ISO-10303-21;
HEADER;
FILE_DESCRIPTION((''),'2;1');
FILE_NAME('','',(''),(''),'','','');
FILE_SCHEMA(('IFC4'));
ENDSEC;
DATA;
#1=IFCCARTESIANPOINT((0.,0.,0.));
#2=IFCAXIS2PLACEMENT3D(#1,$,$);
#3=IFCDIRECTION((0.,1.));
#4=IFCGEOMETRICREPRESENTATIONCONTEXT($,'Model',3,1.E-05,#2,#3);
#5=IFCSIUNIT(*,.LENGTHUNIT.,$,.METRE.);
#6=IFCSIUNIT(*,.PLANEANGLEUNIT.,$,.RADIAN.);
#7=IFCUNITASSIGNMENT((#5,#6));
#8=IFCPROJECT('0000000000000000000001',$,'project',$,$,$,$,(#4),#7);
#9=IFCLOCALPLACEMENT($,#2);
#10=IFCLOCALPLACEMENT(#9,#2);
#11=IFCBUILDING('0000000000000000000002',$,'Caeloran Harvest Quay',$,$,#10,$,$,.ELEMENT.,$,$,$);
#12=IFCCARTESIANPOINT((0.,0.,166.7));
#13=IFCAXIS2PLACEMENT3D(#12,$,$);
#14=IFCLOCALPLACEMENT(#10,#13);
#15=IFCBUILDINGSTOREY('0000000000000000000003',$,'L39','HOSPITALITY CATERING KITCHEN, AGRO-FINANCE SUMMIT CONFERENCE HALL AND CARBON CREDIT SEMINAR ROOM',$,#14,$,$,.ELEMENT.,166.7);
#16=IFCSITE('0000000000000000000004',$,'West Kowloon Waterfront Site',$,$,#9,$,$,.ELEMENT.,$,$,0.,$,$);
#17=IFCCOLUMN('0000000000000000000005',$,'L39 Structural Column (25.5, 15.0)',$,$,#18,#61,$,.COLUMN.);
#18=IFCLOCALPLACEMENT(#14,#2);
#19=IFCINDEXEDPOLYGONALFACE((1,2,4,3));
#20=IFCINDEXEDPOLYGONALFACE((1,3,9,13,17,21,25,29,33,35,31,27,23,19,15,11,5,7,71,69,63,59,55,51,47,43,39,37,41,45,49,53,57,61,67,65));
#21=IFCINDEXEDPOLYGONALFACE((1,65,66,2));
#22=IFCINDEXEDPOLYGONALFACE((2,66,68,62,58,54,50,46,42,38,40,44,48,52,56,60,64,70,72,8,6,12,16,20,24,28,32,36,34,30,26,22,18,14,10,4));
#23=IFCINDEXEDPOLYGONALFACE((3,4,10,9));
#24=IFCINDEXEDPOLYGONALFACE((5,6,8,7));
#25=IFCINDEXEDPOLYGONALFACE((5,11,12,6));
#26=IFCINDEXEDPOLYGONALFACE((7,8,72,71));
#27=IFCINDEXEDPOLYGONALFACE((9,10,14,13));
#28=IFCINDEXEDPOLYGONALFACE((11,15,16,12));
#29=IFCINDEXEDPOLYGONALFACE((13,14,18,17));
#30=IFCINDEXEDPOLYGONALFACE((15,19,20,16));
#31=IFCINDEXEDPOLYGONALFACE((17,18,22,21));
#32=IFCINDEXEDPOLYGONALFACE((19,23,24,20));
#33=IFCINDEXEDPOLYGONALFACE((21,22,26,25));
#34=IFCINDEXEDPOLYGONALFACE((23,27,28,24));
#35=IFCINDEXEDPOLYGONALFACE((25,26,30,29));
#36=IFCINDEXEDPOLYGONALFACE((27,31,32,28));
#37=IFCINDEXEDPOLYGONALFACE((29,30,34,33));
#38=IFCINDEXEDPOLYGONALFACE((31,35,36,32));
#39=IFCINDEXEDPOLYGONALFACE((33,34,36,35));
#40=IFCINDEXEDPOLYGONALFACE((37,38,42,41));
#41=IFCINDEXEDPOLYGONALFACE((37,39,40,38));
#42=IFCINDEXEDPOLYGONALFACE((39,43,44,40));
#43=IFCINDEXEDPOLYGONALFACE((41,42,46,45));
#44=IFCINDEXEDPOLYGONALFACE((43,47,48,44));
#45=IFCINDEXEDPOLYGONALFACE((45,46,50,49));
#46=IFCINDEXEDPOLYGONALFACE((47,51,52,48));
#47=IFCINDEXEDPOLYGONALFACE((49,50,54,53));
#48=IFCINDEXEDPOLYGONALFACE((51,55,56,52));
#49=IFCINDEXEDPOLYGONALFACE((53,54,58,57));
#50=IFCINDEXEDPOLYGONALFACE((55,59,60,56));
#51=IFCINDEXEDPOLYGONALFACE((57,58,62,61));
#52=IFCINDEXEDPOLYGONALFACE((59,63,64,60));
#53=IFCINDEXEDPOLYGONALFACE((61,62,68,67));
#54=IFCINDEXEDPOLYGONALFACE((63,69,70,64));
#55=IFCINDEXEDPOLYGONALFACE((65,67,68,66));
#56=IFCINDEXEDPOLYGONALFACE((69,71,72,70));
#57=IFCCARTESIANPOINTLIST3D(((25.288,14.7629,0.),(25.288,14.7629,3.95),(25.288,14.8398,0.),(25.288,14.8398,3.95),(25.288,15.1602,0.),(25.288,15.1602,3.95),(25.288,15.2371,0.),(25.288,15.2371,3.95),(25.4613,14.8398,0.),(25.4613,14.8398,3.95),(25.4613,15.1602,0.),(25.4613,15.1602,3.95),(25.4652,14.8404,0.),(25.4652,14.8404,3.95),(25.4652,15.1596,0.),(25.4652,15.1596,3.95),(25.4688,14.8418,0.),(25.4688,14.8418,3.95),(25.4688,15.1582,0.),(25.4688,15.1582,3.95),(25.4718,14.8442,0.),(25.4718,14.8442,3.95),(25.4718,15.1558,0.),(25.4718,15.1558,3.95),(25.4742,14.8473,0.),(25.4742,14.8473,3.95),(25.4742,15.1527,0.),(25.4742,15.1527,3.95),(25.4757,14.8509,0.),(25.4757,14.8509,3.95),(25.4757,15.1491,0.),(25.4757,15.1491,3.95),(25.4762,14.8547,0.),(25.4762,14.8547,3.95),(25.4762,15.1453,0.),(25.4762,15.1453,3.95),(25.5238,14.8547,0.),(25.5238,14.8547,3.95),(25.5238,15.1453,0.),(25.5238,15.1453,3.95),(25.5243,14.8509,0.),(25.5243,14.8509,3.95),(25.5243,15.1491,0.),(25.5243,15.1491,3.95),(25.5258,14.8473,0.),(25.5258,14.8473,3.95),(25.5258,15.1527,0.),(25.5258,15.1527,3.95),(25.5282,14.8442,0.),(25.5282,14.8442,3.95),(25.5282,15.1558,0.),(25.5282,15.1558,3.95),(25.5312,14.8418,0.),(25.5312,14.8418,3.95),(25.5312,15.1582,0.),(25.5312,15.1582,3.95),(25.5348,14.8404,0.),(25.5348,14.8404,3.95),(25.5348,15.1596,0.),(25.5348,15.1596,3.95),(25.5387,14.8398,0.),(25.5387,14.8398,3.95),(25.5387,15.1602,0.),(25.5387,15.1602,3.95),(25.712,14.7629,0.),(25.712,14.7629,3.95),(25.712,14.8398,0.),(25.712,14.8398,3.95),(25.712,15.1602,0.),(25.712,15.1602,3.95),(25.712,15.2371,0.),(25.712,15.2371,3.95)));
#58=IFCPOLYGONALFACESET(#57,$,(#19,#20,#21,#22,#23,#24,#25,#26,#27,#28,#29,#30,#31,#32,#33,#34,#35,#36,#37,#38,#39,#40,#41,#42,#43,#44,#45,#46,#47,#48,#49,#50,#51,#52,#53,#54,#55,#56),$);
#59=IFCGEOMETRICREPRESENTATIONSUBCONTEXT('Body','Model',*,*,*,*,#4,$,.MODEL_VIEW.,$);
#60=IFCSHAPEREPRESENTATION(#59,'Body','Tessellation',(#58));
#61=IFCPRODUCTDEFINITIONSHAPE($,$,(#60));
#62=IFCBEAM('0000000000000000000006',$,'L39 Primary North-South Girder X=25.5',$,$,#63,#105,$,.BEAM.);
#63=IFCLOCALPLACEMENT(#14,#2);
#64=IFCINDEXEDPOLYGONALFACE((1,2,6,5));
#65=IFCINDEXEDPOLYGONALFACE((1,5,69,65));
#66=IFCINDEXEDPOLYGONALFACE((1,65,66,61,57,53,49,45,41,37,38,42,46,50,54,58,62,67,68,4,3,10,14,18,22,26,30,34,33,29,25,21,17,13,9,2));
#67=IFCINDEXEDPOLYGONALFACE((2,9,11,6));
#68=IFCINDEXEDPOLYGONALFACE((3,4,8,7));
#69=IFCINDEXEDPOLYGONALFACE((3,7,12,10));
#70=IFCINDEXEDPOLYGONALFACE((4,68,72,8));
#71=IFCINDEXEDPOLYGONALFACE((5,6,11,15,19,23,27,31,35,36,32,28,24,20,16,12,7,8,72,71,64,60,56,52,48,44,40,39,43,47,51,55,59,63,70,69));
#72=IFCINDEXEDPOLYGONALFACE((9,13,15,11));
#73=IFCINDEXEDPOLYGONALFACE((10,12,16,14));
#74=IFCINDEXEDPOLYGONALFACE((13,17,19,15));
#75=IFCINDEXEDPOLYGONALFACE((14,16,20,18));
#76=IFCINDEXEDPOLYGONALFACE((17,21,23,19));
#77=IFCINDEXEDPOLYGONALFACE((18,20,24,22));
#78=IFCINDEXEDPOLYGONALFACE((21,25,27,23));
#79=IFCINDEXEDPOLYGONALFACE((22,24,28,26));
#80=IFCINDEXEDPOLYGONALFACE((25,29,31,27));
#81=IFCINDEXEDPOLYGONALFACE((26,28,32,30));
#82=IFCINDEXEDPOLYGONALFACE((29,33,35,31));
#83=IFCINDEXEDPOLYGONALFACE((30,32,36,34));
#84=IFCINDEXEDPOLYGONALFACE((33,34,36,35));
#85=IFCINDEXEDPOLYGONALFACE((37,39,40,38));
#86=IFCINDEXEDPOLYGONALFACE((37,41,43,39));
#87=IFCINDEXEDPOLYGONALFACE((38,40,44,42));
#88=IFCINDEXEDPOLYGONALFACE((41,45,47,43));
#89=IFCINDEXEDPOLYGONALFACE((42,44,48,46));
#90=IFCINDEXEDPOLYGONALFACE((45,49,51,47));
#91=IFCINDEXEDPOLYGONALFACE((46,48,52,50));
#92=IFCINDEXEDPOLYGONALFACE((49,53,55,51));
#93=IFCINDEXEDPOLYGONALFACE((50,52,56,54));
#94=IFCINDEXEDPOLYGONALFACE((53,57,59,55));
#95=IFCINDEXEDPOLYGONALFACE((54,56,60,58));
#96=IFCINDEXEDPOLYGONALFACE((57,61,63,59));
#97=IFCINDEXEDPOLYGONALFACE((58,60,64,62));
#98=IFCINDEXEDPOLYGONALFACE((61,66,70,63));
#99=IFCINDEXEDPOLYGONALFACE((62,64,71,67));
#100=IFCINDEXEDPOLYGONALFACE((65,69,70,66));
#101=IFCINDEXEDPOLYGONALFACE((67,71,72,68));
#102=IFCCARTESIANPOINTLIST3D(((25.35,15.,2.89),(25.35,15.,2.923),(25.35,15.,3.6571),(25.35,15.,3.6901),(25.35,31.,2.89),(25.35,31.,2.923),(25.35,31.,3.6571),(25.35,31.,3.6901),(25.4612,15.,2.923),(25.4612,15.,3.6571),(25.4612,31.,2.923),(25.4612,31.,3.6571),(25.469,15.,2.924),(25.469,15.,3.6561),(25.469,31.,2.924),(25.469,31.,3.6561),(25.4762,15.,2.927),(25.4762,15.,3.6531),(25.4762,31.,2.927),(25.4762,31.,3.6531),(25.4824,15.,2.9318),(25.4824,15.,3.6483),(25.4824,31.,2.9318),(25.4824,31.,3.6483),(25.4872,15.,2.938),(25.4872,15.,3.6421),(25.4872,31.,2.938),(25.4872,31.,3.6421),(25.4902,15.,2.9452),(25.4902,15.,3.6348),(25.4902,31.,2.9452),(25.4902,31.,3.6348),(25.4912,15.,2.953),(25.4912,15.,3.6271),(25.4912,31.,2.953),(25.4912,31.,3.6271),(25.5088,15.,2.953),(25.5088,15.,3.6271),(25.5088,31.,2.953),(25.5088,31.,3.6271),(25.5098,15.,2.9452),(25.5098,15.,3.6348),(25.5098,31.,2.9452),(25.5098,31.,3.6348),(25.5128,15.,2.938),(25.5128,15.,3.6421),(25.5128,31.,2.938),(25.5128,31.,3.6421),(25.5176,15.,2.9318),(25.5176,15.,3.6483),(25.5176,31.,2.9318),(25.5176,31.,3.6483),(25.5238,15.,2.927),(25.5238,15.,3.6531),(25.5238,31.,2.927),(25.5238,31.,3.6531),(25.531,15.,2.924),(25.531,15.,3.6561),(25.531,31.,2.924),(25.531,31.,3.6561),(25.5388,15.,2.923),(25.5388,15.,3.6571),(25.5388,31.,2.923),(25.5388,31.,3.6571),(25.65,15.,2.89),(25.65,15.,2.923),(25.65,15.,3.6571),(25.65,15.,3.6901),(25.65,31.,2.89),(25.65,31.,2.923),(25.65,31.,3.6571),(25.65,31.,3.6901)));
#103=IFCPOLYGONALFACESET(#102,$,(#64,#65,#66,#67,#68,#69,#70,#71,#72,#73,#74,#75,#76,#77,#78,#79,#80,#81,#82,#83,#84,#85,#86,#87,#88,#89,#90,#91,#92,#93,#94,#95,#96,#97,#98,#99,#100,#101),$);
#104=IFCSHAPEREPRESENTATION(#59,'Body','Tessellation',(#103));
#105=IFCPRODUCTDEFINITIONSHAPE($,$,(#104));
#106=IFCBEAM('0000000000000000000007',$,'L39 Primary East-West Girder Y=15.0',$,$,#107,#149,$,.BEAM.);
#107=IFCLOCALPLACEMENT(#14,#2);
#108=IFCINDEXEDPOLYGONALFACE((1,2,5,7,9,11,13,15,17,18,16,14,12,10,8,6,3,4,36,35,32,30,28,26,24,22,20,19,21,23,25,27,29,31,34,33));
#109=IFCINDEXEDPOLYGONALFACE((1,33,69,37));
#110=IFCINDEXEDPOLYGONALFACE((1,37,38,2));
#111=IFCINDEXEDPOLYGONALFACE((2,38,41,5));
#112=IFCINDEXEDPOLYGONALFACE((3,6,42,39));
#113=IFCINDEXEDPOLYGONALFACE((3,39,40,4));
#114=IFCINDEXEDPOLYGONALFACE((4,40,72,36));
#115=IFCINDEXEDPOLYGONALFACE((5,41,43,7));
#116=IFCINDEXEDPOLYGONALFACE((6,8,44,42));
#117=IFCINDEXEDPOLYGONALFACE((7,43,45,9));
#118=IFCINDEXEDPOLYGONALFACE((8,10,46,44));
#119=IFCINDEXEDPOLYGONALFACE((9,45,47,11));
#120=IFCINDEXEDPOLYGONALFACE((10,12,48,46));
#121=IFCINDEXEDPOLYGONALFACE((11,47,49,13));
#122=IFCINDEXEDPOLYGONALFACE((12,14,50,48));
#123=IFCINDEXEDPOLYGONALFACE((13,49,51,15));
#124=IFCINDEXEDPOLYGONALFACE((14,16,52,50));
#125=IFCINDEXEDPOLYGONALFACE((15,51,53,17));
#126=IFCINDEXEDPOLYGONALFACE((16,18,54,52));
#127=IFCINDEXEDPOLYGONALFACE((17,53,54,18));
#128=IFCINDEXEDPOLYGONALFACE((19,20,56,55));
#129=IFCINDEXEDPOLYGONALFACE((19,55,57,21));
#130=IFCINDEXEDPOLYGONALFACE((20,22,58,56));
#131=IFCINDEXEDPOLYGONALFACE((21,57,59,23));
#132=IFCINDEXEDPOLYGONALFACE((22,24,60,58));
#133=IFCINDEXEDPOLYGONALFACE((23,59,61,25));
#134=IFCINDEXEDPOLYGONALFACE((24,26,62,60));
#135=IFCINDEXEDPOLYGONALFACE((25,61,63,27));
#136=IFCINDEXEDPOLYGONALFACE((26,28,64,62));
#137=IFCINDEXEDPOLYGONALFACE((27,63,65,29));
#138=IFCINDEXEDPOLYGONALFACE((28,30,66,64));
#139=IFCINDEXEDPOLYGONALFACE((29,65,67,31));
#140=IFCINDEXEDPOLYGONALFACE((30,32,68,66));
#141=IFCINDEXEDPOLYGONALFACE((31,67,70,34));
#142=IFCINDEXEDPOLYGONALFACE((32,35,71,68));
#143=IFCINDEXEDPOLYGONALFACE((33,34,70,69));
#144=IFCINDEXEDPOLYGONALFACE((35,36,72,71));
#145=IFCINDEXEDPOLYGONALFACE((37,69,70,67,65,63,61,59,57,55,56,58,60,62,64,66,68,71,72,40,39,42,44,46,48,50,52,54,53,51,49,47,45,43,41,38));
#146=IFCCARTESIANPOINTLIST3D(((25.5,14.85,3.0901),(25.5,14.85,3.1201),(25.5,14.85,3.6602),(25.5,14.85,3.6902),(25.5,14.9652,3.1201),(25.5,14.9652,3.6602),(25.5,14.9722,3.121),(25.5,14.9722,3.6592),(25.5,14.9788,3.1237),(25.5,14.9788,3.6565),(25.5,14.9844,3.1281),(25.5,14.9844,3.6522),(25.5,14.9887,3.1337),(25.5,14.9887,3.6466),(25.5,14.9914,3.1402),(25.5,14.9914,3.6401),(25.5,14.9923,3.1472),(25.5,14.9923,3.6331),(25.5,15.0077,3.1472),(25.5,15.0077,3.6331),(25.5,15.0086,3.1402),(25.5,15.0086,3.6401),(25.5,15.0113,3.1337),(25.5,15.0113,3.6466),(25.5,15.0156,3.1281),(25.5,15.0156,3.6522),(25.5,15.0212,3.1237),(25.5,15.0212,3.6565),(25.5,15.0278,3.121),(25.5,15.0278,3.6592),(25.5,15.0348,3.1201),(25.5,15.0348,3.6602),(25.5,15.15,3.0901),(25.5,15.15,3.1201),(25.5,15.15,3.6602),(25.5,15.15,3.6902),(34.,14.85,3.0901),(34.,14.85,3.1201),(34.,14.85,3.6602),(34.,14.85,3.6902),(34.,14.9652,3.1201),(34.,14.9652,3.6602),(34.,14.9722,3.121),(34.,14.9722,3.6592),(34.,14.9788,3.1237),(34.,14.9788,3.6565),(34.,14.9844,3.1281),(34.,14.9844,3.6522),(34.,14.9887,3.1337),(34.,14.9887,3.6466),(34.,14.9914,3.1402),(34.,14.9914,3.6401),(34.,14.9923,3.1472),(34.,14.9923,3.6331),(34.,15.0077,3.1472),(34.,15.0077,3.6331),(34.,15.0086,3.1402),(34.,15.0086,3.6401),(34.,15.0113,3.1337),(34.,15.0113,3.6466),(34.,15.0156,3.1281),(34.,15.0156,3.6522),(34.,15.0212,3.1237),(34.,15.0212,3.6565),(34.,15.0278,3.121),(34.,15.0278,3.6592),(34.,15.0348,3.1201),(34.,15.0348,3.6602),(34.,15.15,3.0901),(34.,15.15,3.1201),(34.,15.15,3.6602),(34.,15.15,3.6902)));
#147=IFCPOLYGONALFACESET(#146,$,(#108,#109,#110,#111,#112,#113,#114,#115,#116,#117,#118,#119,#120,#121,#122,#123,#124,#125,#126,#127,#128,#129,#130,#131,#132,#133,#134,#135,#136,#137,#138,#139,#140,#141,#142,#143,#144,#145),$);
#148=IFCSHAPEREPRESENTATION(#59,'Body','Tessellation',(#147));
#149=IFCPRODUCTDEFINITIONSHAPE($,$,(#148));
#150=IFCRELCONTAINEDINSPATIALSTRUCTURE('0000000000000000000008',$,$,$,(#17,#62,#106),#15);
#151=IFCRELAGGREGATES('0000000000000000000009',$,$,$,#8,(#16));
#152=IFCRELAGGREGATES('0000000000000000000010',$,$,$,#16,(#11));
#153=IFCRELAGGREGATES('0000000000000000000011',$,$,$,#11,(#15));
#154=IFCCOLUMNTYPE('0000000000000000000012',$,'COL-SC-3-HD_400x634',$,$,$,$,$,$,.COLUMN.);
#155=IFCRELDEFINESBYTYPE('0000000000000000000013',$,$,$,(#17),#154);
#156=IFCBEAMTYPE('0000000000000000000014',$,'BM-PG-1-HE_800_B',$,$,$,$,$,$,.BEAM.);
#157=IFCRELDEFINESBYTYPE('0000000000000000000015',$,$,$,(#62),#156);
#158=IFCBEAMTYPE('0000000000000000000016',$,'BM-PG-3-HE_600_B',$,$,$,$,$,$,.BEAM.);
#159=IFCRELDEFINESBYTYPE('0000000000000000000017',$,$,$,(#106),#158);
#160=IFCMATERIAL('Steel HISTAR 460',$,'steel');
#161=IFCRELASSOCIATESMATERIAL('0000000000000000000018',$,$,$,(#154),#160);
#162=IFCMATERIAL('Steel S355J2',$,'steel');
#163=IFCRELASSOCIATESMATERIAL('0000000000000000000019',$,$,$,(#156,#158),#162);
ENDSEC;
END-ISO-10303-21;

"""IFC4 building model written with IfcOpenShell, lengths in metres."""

from ifc_helpers import new_model, si_unit, direction, frame, origin, origin_2d, place, context, subcontext, project, spatial, i_section, extrude, material, material_profile, profile_set, type_object, element, save


model = new_model("IFC4")

# Units and contexts
model_context = context("Model", 3, precision=1e-05, world=origin(), true_north=direction((0.0, 1.0)))
body_context = subcontext(model_context, "Body", "Model", "MODEL_VIEW")
ifc_project = project(units=[si_unit("LENGTHUNIT", "METRE"), si_unit("PLANEANGLEUNIT", "RADIAN")], contexts=[model_context])

# Site, building, storey
site_placement = place(None, origin())
site = spatial("IfcSite", under=ifc_project, at=site_placement, Name="West Kowloon Waterfront Site", CompositionType="ELEMENT", RefElevation=0.0)
building_placement = place(site_placement, origin())
building = spatial("IfcBuilding", under=site, at=building_placement, Name="Caeloran Harvest Quay", CompositionType="ELEMENT")
storey_placement = place(building_placement, frame((0.0, 0.0, 166.7)))
storey = spatial("IfcBuildingStorey", under=building, at=storey_placement, Name="L39", Description="HOSPITALITY CATERING KITCHEN, AGRO-FINANCE SUMMIT CONFERENCE HALL AND CARBON CREDIT SEMINAR ROOM", CompositionType="ELEMENT", Elevation=166.7)

# Column
ifc_material_1 = material(Name="Steel HISTAR 460", Category="steel")
ifc_material_profile_1 = material_profile(ifc_material_1, i_section(OverallWidth=0.4241, OverallDepth=0.4741, WebThickness=0.0476, FlangeThickness=0.0769, FilletRadius=0.0149, at=origin_2d()), Name="HD 400x634")
ifc_profile_set_1 = profile_set([ifc_material_profile_1], Name="Steel HISTAR 460")
column_type = type_object("IfcColumnType", Name="COL-SC-3-HD_400x634", PredefinedType="COLUMN", material=ifc_profile_set_1)
column_placement = place(storey_placement, frame((25.5, 15.0, 0.0), z_axis=(0.0, 0.0, 1.0), x_axis=(1.0, 0.0, 0.0)))
element("IfcColumn", 1, at=column_placement, inside=storey, type_object=column_type, Name="L39 Structural Column (25.5, 15.0)", PredefinedType="COLUMN", context=body_context, shape_type="SweptSolid", body=[
    extrude(i_section(OverallWidth=0.4241, OverallDepth=0.4741, WebThickness=0.0476, FlangeThickness=0.0769, FilletRadius=0.0149, at=origin_2d()), origin(), (0.0, 0.0, 1.0), 3.95),
])

# Beams
ifc_material_2 = material(Name="Steel S355J2", Category="steel")
ifc_material_profile_2 = material_profile(ifc_material_2, i_section(OverallWidth=0.3, OverallDepth=0.8, WebThickness=0.0176, FlangeThickness=0.033, FilletRadius=0.03, at=origin_2d()), Name="HE 800 B")
ifc_profile_set_2 = profile_set([ifc_material_profile_2], Name="Steel S355J2")
beam_type_1 = type_object("IfcBeamType", Name="BM-PG-1-HE_800_B", PredefinedType="BEAM", material=ifc_profile_set_2)
beam_1_placement = place(storey_placement, frame((25.5, 15.0, 3.29), z_axis=(0.0, 1.0, 0.0), x_axis=(-1.0, 0.0, 0.0)))
element("IfcBeam", 2, at=beam_1_placement, inside=storey, type_object=beam_type_1, Name="L39 Primary North-South Girder X=25.5", PredefinedType="BEAM", context=body_context, shape_type="SweptSolid", body=[
    extrude(i_section(OverallWidth=0.3, OverallDepth=0.8, WebThickness=0.0176, FlangeThickness=0.033, FilletRadius=0.03, at=origin_2d()), origin(), (0.0, 0.0, 1.0), 16.0),
])
ifc_material_profile_3 = material_profile(ifc_material_2, i_section(OverallWidth=0.3, OverallDepth=0.6001, WebThickness=0.0154, FlangeThickness=0.03, FilletRadius=0.0271, at=origin_2d()), Name="HE 600 B")
ifc_profile_set_3 = profile_set([ifc_material_profile_3], Name="Steel S355J2")
beam_type_2 = type_object("IfcBeamType", Name="BM-PG-3-HE_600_B", PredefinedType="BEAM", material=ifc_profile_set_3)
beam_2_placement = place(storey_placement, frame((25.5, 15.0, 3.3901), z_axis=(1.0, 0.0, 0.0), x_axis=(0.0, 1.0, 0.0)))
element("IfcBeam", 3, at=beam_2_placement, inside=storey, type_object=beam_type_2, Name="L39 Primary East-West Girder Y=15.0", PredefinedType="BEAM", context=body_context, shape_type="SweptSolid", body=[
    extrude(i_section(OverallWidth=0.3, OverallDepth=0.6001, WebThickness=0.0154, FlangeThickness=0.03, FilletRadius=0.0271, at=origin_2d()), origin(), (0.0, 0.0, 1.0), 8.5),
])

save(model, "model.ifc")
